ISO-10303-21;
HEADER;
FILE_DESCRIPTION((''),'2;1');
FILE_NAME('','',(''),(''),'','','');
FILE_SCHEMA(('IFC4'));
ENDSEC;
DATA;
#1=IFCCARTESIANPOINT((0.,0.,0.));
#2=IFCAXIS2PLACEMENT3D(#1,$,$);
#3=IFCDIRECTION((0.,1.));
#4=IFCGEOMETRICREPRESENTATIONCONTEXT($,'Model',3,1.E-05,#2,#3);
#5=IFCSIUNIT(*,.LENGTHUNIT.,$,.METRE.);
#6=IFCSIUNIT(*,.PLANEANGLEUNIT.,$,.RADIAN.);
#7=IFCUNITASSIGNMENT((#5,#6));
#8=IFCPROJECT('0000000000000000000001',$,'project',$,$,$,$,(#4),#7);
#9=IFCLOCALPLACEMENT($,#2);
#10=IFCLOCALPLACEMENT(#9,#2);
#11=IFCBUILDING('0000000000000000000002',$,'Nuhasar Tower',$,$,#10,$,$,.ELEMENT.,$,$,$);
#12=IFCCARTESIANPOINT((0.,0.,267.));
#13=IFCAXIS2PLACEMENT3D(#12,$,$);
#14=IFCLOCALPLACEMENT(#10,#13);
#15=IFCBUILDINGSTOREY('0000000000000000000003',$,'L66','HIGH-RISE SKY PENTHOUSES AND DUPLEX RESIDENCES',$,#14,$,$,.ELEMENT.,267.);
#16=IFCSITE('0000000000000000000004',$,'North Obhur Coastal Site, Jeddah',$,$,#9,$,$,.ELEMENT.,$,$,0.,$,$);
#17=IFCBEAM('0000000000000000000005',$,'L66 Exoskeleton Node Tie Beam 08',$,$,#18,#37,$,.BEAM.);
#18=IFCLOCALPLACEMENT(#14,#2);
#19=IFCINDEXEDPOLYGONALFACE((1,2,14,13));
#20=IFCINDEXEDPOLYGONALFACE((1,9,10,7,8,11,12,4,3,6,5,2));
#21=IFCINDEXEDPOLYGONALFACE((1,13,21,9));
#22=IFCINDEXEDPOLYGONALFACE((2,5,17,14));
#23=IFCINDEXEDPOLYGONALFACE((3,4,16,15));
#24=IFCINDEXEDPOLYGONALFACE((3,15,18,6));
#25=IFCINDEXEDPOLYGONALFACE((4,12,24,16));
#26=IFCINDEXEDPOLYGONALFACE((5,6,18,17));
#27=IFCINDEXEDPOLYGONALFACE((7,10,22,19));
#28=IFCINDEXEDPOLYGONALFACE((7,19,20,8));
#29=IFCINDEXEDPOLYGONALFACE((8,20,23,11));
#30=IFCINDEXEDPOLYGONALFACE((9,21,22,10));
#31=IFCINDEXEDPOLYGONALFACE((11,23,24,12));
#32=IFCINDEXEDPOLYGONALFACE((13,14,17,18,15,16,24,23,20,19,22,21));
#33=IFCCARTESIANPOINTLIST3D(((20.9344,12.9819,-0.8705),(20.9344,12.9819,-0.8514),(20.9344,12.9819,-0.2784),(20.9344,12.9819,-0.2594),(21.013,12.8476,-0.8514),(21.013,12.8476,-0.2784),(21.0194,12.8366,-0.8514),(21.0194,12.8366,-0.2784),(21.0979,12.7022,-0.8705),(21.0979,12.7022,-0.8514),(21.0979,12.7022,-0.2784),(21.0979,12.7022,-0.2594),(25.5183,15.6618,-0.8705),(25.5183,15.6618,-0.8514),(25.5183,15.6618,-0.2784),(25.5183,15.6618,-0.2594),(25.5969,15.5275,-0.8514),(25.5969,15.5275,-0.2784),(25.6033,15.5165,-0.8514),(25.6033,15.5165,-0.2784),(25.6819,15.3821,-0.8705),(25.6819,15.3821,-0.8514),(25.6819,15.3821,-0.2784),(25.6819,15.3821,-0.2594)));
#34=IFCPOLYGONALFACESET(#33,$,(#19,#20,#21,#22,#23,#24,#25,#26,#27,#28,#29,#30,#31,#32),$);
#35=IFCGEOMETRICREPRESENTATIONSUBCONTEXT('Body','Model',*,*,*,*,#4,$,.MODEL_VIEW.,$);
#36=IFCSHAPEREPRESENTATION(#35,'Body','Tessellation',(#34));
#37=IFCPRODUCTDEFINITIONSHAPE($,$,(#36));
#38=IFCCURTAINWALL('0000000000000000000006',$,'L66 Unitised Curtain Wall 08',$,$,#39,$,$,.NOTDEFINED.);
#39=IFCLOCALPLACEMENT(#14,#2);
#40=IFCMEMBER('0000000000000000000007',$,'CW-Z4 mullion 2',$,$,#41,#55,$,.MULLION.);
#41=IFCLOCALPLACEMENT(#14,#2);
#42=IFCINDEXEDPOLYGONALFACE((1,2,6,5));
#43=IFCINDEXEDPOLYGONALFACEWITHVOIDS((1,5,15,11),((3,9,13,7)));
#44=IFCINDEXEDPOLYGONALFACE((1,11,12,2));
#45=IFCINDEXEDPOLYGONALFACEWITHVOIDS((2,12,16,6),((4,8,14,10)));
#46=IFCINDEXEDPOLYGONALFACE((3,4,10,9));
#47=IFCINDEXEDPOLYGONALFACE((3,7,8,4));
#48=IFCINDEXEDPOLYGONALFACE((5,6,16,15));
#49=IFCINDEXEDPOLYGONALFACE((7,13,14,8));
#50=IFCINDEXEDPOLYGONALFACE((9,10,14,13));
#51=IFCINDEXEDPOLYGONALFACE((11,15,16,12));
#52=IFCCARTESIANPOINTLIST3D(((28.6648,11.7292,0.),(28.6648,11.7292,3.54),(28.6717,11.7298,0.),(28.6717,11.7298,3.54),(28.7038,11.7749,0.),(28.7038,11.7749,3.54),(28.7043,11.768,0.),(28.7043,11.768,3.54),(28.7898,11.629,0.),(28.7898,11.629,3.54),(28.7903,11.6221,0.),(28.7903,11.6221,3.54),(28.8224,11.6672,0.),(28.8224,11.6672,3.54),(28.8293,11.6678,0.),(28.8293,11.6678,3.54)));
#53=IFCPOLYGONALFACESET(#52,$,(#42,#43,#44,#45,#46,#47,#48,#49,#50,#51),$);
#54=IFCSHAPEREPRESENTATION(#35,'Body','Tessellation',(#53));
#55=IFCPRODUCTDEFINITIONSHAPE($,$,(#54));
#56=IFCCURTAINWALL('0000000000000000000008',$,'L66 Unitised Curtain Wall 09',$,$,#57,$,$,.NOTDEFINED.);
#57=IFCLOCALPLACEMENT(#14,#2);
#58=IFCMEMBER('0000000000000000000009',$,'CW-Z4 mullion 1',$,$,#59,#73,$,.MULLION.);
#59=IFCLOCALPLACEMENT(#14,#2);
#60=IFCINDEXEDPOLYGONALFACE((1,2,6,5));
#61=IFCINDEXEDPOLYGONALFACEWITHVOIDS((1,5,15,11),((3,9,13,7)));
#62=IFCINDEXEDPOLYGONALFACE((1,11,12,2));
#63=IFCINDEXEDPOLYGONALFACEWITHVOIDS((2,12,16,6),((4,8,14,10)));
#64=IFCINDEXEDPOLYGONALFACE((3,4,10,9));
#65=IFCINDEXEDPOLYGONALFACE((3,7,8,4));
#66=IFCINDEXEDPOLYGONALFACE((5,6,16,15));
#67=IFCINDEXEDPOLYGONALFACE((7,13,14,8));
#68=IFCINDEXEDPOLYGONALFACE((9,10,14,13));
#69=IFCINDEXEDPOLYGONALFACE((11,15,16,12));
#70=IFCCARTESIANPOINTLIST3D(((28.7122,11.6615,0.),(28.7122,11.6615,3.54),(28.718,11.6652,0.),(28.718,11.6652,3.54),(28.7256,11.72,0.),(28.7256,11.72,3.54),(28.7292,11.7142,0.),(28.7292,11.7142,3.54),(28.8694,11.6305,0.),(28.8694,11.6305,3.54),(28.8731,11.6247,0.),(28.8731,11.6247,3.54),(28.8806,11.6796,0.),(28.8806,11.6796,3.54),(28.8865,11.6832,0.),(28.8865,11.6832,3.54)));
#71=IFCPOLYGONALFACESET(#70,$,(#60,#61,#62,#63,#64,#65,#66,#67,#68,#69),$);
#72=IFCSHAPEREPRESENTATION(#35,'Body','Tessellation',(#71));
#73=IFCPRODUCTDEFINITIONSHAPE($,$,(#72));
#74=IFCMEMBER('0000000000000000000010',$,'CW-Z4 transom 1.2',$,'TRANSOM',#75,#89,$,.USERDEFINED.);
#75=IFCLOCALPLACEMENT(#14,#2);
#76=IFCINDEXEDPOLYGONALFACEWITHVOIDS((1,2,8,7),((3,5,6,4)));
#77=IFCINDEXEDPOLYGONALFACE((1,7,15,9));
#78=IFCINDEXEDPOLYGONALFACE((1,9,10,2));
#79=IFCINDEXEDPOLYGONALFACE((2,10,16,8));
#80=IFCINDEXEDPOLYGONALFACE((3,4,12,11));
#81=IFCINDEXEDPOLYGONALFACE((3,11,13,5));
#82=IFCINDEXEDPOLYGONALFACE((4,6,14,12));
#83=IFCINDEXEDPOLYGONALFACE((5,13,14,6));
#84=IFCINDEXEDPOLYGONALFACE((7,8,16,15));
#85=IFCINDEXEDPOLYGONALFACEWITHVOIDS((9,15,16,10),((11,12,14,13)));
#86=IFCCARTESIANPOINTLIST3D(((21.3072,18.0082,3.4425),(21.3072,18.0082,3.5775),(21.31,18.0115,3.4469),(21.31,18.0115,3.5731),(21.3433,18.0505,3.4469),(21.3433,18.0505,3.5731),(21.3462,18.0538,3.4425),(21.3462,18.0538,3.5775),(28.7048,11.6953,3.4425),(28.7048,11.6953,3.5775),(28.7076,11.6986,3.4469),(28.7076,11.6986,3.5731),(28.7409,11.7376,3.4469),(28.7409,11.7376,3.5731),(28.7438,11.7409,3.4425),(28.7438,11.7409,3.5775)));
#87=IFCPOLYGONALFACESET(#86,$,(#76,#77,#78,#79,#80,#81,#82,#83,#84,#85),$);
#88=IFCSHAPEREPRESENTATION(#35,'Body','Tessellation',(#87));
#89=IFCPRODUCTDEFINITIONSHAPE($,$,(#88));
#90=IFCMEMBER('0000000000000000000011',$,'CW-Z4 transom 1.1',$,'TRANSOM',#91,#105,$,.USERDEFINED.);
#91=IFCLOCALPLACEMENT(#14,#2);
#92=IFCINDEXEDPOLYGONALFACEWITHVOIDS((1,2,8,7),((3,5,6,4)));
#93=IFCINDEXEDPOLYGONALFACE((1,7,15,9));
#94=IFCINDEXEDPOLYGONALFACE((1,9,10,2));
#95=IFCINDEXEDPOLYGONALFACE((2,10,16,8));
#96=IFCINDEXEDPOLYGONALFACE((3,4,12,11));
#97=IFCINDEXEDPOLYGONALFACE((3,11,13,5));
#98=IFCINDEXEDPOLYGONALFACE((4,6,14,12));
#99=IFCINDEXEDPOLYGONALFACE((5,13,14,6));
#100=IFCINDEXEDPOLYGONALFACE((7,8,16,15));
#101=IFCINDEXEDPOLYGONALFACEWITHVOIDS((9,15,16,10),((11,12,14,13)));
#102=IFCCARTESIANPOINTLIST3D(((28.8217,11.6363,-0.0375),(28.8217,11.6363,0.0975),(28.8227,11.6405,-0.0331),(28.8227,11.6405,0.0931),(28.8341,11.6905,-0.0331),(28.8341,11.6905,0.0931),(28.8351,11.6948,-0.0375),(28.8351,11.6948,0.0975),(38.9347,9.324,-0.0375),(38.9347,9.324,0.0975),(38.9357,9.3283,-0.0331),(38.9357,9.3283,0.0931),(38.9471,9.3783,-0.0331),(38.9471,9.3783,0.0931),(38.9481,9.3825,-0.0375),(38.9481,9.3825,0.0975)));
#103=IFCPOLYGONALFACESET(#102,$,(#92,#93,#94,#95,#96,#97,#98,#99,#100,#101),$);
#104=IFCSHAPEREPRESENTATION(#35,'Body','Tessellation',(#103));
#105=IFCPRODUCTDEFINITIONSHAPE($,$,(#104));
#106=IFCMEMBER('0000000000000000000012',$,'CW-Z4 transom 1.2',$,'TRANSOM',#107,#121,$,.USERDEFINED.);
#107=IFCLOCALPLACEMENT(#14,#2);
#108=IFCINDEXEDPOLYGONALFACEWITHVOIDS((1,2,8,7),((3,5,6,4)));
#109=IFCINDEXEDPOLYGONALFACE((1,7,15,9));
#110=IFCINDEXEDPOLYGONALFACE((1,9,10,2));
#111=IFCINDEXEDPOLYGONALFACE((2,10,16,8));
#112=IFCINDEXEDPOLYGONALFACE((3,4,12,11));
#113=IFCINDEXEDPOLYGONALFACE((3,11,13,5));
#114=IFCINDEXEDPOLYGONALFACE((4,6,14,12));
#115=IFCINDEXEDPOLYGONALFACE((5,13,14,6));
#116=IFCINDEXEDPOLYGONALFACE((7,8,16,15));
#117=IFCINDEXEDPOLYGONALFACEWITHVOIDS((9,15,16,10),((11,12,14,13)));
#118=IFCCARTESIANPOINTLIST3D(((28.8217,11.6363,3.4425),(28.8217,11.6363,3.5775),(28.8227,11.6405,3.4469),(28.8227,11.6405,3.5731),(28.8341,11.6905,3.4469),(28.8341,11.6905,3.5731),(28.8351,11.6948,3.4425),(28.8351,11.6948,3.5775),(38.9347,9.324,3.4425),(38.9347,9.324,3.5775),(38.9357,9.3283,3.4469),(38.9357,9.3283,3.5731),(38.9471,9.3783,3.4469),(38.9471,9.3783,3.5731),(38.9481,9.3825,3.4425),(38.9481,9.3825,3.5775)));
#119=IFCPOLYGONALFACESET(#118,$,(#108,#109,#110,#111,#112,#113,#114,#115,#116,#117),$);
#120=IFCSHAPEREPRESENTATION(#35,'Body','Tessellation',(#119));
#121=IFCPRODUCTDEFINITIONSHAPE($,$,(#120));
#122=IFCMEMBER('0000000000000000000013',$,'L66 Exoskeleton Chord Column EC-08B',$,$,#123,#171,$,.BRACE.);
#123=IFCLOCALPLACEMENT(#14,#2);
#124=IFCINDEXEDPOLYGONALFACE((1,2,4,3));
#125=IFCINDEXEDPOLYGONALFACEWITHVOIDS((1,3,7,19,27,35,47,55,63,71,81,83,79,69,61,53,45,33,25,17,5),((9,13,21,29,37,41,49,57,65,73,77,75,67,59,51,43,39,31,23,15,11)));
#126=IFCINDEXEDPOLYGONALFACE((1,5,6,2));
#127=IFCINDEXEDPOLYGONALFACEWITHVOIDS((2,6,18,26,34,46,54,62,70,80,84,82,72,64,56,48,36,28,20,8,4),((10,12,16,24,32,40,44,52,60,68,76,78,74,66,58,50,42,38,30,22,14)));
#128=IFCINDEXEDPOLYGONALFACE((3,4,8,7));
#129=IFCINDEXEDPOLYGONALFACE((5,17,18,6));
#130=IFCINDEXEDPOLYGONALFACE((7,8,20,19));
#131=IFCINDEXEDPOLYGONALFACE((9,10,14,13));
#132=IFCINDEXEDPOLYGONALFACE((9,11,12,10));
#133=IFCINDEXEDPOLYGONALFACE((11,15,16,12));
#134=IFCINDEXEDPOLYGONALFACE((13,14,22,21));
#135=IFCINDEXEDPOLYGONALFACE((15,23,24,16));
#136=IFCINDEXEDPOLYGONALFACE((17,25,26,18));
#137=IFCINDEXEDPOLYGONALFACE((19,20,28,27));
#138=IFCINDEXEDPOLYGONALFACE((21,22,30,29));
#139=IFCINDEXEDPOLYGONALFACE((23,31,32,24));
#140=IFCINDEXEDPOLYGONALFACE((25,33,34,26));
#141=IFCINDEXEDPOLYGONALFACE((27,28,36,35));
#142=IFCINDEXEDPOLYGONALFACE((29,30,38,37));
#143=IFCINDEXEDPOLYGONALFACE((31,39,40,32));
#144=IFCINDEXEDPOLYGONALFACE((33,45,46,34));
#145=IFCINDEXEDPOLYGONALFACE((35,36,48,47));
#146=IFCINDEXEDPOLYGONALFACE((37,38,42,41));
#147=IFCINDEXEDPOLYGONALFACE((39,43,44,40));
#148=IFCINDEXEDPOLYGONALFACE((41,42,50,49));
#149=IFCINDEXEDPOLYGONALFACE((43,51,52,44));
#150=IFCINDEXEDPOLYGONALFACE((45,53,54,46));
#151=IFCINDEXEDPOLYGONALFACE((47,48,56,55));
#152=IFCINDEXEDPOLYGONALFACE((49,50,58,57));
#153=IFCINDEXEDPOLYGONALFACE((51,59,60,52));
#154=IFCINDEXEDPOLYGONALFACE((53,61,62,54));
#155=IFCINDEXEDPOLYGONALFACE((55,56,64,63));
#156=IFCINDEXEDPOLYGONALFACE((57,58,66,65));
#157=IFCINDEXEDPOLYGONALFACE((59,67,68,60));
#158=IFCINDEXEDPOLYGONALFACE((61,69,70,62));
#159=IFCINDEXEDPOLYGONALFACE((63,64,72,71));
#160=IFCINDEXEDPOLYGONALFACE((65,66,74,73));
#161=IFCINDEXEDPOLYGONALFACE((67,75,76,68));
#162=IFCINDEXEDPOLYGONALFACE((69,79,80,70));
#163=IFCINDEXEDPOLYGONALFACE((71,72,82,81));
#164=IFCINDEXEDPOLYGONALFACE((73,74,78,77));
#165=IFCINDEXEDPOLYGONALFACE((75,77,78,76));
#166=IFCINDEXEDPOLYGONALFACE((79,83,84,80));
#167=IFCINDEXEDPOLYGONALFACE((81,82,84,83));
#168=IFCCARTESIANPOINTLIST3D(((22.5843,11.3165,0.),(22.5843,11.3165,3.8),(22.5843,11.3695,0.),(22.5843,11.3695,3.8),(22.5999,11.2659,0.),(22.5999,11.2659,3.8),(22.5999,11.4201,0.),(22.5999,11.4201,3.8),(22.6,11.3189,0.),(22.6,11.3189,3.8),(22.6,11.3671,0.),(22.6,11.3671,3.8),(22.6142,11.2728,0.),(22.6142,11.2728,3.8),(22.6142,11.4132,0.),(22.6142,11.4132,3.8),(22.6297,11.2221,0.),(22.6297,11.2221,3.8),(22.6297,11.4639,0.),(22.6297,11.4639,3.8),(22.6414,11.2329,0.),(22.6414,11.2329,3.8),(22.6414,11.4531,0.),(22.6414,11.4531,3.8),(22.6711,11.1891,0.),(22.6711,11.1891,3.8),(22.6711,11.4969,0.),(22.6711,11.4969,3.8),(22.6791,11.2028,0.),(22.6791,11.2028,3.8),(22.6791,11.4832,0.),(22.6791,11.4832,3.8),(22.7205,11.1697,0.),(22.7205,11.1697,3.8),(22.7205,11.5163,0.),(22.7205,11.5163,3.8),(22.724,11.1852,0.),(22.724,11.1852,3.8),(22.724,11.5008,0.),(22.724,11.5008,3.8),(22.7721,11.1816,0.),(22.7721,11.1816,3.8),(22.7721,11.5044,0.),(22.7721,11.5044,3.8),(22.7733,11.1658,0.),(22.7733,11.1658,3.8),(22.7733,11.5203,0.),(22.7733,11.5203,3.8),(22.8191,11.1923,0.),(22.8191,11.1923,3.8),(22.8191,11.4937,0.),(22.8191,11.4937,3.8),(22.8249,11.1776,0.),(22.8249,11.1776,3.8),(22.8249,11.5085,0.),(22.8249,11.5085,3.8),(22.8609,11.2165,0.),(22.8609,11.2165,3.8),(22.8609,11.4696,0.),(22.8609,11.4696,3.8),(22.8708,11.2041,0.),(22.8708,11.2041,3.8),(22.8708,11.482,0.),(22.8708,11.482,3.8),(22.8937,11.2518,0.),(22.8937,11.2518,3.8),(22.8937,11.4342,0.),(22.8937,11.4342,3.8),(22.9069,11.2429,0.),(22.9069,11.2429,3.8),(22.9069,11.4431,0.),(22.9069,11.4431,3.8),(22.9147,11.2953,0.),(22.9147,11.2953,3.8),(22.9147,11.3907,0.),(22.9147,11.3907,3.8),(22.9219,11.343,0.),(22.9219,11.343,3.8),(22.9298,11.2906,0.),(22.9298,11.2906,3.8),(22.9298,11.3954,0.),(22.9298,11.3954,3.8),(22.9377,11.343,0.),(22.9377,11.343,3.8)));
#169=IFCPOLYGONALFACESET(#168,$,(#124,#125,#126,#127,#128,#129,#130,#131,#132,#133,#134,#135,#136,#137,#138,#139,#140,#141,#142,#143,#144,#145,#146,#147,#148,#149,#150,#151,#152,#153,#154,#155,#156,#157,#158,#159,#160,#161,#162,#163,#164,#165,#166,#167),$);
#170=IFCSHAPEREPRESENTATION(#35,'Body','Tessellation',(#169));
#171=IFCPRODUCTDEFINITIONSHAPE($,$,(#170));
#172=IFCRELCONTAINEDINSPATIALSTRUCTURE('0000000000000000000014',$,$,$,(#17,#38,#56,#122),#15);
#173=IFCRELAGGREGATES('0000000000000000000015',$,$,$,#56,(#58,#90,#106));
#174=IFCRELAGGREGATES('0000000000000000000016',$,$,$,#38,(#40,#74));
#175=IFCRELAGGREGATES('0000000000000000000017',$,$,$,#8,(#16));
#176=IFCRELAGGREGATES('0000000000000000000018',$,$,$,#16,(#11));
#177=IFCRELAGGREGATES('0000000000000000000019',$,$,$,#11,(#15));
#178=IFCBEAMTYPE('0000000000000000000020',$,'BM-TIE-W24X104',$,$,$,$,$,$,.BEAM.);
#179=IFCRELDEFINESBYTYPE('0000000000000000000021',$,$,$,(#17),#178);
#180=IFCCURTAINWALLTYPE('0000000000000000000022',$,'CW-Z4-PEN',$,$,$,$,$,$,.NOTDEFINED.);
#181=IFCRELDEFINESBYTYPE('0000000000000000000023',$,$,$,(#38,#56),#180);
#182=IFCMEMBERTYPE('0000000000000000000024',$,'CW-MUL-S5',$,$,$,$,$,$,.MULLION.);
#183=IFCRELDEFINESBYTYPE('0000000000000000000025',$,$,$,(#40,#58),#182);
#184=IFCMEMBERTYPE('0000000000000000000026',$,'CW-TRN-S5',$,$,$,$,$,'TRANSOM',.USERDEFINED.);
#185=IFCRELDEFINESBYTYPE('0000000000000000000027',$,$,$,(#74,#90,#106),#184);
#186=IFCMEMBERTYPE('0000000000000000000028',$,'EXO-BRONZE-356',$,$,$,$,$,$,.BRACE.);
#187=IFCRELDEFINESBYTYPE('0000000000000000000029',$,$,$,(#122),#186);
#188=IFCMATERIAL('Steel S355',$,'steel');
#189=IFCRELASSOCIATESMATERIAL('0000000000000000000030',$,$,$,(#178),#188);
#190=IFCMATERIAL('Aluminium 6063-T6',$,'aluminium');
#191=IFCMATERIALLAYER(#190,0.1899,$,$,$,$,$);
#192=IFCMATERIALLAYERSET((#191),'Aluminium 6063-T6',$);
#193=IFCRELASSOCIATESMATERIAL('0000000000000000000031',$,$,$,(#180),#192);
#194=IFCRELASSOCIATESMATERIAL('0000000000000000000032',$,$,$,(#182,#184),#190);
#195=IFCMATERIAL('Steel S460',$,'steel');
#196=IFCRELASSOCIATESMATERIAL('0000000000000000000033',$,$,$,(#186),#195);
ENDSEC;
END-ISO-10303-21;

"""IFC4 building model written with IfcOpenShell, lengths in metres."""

from ifc_helpers import new_model, si_unit, direction, frame, origin, origin_2d, place, context, subcontext, project, spatial, hollow_rectangle, hollow_circle, i_section, extrude, material, layer, layer_set, material_profile, profile_set, type_object, element, aggregate, save


model = new_model("IFC4")

# Units and contexts
model_context = context("Model", 3, precision=1e-05, world=origin(), true_north=direction((0.0, 1.0)))
body_context = subcontext(model_context, "Body", "Model", "MODEL_VIEW")
ifc_project = project(units=[si_unit("LENGTHUNIT", "METRE"), si_unit("PLANEANGLEUNIT", "RADIAN")], contexts=[model_context])

# Site, building, storey
site_placement = place(None, origin())
site = spatial("IfcSite", under=ifc_project, at=site_placement, Name="North Obhur Coastal Site, Jeddah", CompositionType="ELEMENT", RefElevation=0.0)
building_placement = place(site_placement, origin())
building = spatial("IfcBuilding", under=site, at=building_placement, Name="Nuhasar Tower", CompositionType="ELEMENT")
storey_placement = place(building_placement, frame((0.0, 0.0, 267.0)))
storey = spatial("IfcBuildingStorey", under=building, at=storey_placement, Name="L66", Description="HIGH-RISE SKY PENTHOUSES AND DUPLEX RESIDENCES", CompositionType="ELEMENT", Elevation=267.0)

# Beam
ifc_material_1 = material(Name="Steel S355", Category="steel")
ifc_material_profile_1 = material_profile(ifc_material_1, i_section(OverallWidth=0.324, OverallDepth=0.6111, WebThickness=0.0127, FlangeThickness=0.019, at=origin_2d()), Name="W24X104")
ifc_profile_set_1 = profile_set([ifc_material_profile_1], Name="Steel S355")
beam_type_1 = type_object("IfcBeamType", Name="BM-TIE-W24X104", PredefinedType="BEAM", material=ifc_profile_set_1)
beam_1_placement = place(storey_placement, frame((25.6001, 15.522, -0.5649), z_axis=(-0.863292, -0.504706, 0.0), x_axis=(0.504706, -0.863292, 0.0)))
element("IfcBeam", 1, at=beam_1_placement, inside=storey, type_object=beam_type_1, Name="L66 Exoskeleton Node Tie Beam 08", PredefinedType="BEAM", context=body_context, shape_type="SweptSolid", body=[
    extrude(i_section(OverallWidth=0.324, OverallDepth=0.6111, WebThickness=0.0127, FlangeThickness=0.019, at=origin_2d()), origin(), (0.0, 0.0, 1.0), 5.3098),
])

# Curtain walls, members
ifc_material_2 = material(Name="Aluminium 6063-T6", Category="aluminium")
ifc_layer_1 = layer(ifc_material_2, 0.1899)
ifc_layer_set_1 = layer_set([ifc_layer_1], Name="Aluminium 6063-T6")
curtain_wall_type = type_object("IfcCurtainWallType", Name="CW-Z4-PEN", PredefinedType="NOTDEFINED", material=ifc_layer_set_1)
curtain_wall_1_placement = place(storey_placement, origin())
curtain_wall_1 = element("IfcCurtainWall", 2, at=curtain_wall_1_placement, inside=storey, type_object=curtain_wall_type, Name="L66 Unitised Curtain Wall 08", PredefinedType="NOTDEFINED")
ifc_material_profile_2 = material_profile(ifc_material_2, hollow_rectangle(XDim=0.0601, YDim=0.165, WallThickness=0.0049, at=origin_2d()), Name="CWM-5")
ifc_profile_set_2 = profile_set([ifc_material_profile_2], Name="Aluminium 6063-T6")
member_type_1 = type_object("IfcMemberType", Name="CW-MUL-S5", PredefinedType="MULLION", material=ifc_profile_set_2)
member_1_placement = place(storey_placement, frame((28.7471, 11.6985, 0.0), z_axis=(0.0, 0.0, 1.0), x_axis=(0.649142, 0.760667, 0.0)))
member_1 = element("IfcMember", 3, at=member_1_placement, type_object=member_type_1, Name="CW-Z4 mullion 2", PredefinedType="MULLION", context=body_context, shape_type="SweptSolid", body=[
    extrude(hollow_rectangle(XDim=0.0601, YDim=0.165, WallThickness=0.0049, at=origin_2d()), origin(), (0.0, 0.0, 1.0), 3.54),
])
curtain_wall_2_placement = place(storey_placement, origin())
curtain_wall_2 = element("IfcCurtainWall", 4, at=curtain_wall_2_placement, inside=storey, type_object=curtain_wall_type, Name="L66 Unitised Curtain Wall 09", PredefinedType="NOTDEFINED")
member_2_placement = place(storey_placement, frame((28.7993, 11.6724, 0.0), z_axis=(0.0, 0.0, 1.0), x_axis=(0.222889, 0.974844, 0.0)))
member_2 = element("IfcMember", 5, at=member_2_placement, type_object=member_type_1, Name="CW-Z4 mullion 1", PredefinedType="MULLION", context=body_context, shape_type="SweptSolid", body=[
    extrude(hollow_rectangle(XDim=0.0601, YDim=0.165, WallThickness=0.0049, at=origin_2d()), origin(), (0.0, 0.0, 1.0), 3.54),
])

# Members
ifc_material_profile_3 = material_profile(ifc_material_2, hollow_rectangle(XDim=0.0601, YDim=0.135, WallThickness=0.0044, at=origin_2d()), Name="CWT-5")
ifc_profile_set_3 = profile_set([ifc_material_profile_3], Name="Aluminium 6063-T6")
member_type_2 = type_object("IfcMemberType", Name="CW-TRN-S5", ElementType="TRANSOM", PredefinedType="USERDEFINED", material=ifc_profile_set_3)
member_3_placement = place(storey_placement, frame((21.3267, 18.031, 3.51), z_axis=(0.760672, -0.649136, 0.0), x_axis=(0.649136, 0.760672, 0.0)))
member_3 = element("IfcMember", 6, at=member_3_placement, type_object=member_type_2, Name="CW-Z4 transom 1.2", ObjectType="TRANSOM", PredefinedType="USERDEFINED", context=body_context, shape_type="SweptSolid", body=[
    extrude(hollow_rectangle(XDim=0.0601, YDim=0.135, WallThickness=0.0044, at=origin_2d()), origin(), (0.0, 0.0, 1.0), 9.7251),
])
member_4_placement = place(storey_placement, frame((28.8284, 11.6655, 0.03), z_axis=(0.974844, -0.222889, 0.0), x_axis=(0.222889, 0.974844, 0.0)))
member_4 = element("IfcMember", 7, at=member_4_placement, type_object=member_type_2, Name="CW-Z4 transom 1.1", ObjectType="TRANSOM", PredefinedType="USERDEFINED", context=body_context, shape_type="SweptSolid", body=[
    extrude(hollow_rectangle(XDim=0.0601, YDim=0.135, WallThickness=0.0044, at=origin_2d()), origin(), (0.0, 0.0, 1.0), 10.374),
])
member_5_placement = place(storey_placement, frame((28.8284, 11.6655, 3.51), z_axis=(0.974844, -0.222889, 0.0), x_axis=(0.222889, 0.974844, 0.0)))
member_5 = element("IfcMember", 8, at=member_5_placement, type_object=member_type_2, Name="CW-Z4 transom 1.2", ObjectType="TRANSOM", PredefinedType="USERDEFINED", context=body_context, shape_type="SweptSolid", body=[
    extrude(hollow_rectangle(XDim=0.0601, YDim=0.135, WallThickness=0.0044, at=origin_2d()), origin(), (0.0, 0.0, 1.0), 10.374),
])
aggregate(curtain_wall_2, [member_2, member_4, member_5])

# Member
ifc_material_3 = material(Name="Steel S460", Category="steel")
ifc_material_profile_4 = material_profile(ifc_material_3, hollow_circle(Radius=0.1777, WallThickness=0.0159, at=origin_2d()), Name="HSS355.6X15.9")
ifc_profile_set_4 = profile_set([ifc_material_profile_4], Name="Steel S460")
member_type_3 = type_object("IfcMemberType", Name="EXO-BRONZE-356", PredefinedType="BRACE", material=ifc_profile_set_4)
member_6_placement = place(storey_placement, frame((22.76, 11.343, 0.0), z_axis=(0.0, 0.0, 1.0), x_axis=(1.0, 0.0, 0.0)))
element("IfcMember", 9, at=member_6_placement, inside=storey, type_object=member_type_3, Name="L66 Exoskeleton Chord Column EC-08B", PredefinedType="BRACE", context=body_context, shape_type="SweptSolid", body=[
    extrude(hollow_circle(Radius=0.1777, WallThickness=0.0159, at=origin_2d()), origin(), (0.0, 0.0, 1.0), 3.8),
])

aggregate(curtain_wall_1, [member_1, member_3])

save(model, "model.ifc")
